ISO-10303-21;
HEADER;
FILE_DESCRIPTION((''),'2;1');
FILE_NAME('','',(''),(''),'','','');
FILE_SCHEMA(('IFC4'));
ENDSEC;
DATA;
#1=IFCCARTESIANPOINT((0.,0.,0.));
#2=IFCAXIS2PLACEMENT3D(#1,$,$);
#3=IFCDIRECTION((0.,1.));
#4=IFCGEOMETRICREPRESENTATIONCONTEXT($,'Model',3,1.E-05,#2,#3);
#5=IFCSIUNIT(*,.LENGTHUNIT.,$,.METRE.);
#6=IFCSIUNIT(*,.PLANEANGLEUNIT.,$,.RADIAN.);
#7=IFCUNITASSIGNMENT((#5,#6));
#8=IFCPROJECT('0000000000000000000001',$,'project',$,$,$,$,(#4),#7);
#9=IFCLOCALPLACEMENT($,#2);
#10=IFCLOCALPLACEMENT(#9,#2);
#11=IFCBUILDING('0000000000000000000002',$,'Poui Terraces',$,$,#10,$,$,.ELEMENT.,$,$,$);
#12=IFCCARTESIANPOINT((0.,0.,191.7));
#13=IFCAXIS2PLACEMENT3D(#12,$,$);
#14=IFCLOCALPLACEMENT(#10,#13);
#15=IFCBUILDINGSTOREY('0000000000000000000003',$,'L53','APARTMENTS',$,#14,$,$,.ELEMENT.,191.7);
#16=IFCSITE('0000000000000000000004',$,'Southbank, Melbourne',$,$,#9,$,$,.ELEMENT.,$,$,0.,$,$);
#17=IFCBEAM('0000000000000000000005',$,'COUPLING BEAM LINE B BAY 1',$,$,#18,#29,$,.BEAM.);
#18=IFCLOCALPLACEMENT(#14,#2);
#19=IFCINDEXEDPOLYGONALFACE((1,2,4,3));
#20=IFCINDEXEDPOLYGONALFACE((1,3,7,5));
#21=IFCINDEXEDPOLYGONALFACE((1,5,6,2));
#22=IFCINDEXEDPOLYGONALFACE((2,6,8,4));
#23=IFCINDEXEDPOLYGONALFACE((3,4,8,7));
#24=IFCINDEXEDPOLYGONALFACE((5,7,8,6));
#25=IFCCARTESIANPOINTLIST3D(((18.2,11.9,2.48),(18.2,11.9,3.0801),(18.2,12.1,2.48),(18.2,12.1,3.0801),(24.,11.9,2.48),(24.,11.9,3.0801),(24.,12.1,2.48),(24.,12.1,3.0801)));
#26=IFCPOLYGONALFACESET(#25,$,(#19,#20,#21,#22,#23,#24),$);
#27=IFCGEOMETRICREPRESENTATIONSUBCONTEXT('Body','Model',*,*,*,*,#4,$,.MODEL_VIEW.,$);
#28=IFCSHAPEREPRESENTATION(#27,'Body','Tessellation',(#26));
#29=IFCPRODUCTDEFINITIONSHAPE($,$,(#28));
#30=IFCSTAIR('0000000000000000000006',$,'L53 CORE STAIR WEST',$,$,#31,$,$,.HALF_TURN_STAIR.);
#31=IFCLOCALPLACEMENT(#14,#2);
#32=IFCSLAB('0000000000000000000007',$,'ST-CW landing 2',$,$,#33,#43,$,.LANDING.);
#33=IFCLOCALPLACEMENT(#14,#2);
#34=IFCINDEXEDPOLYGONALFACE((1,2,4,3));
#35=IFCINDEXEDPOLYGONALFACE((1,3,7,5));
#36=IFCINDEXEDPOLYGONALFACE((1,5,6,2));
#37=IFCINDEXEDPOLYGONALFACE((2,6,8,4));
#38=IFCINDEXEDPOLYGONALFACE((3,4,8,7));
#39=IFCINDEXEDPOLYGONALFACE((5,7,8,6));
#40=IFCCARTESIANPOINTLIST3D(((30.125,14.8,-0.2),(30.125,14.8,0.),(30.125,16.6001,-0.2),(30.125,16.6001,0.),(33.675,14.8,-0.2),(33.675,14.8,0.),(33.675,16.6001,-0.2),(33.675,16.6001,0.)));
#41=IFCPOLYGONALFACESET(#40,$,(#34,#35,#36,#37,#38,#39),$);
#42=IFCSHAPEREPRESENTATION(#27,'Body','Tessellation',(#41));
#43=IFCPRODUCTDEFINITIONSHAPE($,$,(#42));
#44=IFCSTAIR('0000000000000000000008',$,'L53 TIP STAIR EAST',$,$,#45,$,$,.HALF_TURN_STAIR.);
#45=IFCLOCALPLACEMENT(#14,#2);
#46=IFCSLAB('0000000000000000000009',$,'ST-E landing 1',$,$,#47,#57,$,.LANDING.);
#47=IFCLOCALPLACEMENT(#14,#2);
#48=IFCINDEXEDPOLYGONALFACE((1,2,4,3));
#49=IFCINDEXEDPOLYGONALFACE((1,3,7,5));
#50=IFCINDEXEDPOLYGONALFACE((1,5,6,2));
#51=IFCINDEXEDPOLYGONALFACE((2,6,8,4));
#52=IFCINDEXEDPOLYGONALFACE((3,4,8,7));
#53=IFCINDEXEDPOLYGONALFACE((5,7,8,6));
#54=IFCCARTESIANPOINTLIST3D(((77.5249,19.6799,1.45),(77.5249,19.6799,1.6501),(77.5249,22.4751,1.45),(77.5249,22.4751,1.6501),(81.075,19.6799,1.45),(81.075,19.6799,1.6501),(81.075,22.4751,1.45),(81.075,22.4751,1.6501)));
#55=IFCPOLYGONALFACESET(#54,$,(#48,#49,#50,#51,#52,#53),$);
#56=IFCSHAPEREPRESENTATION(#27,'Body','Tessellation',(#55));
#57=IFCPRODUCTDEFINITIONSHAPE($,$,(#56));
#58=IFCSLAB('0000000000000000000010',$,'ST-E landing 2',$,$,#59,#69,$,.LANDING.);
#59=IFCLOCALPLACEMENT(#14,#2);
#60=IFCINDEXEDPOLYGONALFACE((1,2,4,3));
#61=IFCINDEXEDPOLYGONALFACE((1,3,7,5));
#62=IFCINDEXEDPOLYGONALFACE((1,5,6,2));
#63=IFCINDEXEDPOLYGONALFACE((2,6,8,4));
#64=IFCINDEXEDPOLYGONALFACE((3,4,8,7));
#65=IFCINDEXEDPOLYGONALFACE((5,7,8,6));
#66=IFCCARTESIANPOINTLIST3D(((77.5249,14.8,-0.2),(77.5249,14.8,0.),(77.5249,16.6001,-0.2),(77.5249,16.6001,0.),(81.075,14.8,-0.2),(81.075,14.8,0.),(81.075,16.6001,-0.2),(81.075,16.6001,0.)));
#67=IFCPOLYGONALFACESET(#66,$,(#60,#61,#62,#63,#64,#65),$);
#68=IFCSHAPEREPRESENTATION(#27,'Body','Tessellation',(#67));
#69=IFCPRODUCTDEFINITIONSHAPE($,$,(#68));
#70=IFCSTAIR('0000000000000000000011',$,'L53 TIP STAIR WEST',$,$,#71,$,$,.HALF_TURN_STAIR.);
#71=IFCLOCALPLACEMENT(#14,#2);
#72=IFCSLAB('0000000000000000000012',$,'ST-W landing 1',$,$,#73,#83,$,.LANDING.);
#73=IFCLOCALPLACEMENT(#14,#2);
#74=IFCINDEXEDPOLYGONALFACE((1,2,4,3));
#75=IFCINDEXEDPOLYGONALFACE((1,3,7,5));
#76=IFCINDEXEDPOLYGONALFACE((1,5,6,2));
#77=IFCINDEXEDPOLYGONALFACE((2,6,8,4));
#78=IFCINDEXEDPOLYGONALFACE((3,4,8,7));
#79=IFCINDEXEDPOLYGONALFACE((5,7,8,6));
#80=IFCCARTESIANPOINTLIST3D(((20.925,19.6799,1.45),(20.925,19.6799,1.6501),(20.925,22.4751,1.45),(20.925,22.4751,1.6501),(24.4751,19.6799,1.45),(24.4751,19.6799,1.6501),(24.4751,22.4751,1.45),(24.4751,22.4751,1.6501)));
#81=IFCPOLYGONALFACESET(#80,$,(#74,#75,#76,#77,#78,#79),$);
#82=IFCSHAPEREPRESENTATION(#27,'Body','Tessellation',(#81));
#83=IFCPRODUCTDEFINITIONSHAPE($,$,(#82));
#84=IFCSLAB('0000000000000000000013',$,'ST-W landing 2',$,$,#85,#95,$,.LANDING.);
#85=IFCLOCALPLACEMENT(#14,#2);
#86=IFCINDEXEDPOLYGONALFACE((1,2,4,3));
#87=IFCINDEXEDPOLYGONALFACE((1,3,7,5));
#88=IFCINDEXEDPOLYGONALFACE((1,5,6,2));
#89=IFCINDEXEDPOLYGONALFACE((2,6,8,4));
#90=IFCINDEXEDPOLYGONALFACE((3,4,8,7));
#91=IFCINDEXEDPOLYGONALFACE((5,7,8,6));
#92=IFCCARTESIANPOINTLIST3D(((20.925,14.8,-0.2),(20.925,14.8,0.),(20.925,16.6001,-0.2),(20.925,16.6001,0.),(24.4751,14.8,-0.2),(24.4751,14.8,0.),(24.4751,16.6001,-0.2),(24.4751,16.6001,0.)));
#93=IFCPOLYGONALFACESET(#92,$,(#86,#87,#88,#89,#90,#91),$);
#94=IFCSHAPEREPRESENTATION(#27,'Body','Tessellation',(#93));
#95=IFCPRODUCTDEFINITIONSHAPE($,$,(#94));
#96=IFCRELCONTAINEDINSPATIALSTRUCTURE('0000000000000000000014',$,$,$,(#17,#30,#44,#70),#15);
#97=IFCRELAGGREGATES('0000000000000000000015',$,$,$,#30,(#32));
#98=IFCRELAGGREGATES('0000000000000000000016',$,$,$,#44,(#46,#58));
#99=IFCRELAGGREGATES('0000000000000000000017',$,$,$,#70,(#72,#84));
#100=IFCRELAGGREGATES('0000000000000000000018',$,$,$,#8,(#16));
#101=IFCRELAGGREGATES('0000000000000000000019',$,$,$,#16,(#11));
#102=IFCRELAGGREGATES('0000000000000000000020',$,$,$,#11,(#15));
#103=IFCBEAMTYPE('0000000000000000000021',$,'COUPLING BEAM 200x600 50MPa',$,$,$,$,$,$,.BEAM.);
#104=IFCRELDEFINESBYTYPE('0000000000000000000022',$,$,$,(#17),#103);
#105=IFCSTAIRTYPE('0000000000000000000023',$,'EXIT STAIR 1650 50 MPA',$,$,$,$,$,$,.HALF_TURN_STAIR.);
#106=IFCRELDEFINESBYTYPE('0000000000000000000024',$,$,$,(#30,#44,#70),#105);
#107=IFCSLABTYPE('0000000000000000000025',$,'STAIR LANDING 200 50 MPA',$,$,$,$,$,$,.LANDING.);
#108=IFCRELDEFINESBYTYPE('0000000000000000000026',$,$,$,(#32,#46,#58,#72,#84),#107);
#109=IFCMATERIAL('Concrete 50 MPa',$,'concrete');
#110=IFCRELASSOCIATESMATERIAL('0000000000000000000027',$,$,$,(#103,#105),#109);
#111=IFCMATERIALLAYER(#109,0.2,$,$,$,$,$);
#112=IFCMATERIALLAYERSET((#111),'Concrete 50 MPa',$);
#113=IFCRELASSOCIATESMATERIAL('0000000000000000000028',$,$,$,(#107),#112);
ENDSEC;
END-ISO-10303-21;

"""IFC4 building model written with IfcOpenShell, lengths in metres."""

from ifc_helpers import new_model, si_unit, direction, frame, origin, origin_2d, place, context, subcontext, project, spatial, polyline, rectangle, outline, extrude, source, transform, mapped, material, layer, layer_set, material_profile, profile_set, type_object, element, aggregate, save


model = new_model("IFC4")

# Units and contexts
model_context = context("Model", 3, precision=1e-05, world=origin(), true_north=direction((0.0, 1.0)))
body_context = subcontext(model_context, "Body", "Model", "MODEL_VIEW")
ifc_project = project(units=[si_unit("LENGTHUNIT", "METRE"), si_unit("PLANEANGLEUNIT", "RADIAN")], contexts=[model_context])

# Site, building, storey
site_placement = place(None, origin())
site = spatial("IfcSite", under=ifc_project, at=site_placement, Name="Southbank, Melbourne", CompositionType="ELEMENT", RefElevation=0.0)
building_placement = place(site_placement, origin())
building = spatial("IfcBuilding", under=site, at=building_placement, Name="Poui Terraces", CompositionType="ELEMENT")
storey_placement = place(building_placement, frame((0.0, 0.0, 191.7)))
storey = spatial("IfcBuildingStorey", under=building, at=storey_placement, Name="L53", Description="APARTMENTS", CompositionType="ELEMENT", Elevation=191.7)

# Beam
ifc_material_1 = material(Name="Concrete 50 MPa", Category="concrete")
ifc_material_profile = material_profile(ifc_material_1, rectangle(XDim=0.2, YDim=0.6001, at=origin_2d()), Name="RC 200x600")
ifc_profile_set = profile_set([ifc_material_profile], Name="Concrete 50 MPa")
beam_type = type_object("IfcBeamType", Name="COUPLING BEAM 200x600 50MPa", PredefinedType="BEAM", material=ifc_profile_set)
shared_shape_1 = source(origin(), body_context, "Body", "SweptSolid", [
    extrude(rectangle(XDim=0.2, YDim=0.6001, at=origin_2d()), origin(), (0.0, 0.0, 1.0), 5.8),
])
beam_placement = place(storey_placement, frame((18.2, 12.0, 2.78), z_axis=(1.0, 0.0, 0.0), x_axis=(0.0, 1.0, 0.0)))
element("IfcBeam", 1, at=beam_placement, inside=storey, type_object=beam_type, Name="COUPLING BEAM LINE B BAY 1", PredefinedType="BEAM", context=body_context, shape_type="MappedRepresentation", body=[
    mapped(shared_shape_1, transform((0.0, 0.0, 0.0))),
])

# Stair, slab
stair_type = type_object("IfcStairType", Name="EXIT STAIR 1650 50 MPA", PredefinedType="HALF_TURN_STAIR", material=ifc_material_1)
stair_1_placement = place(storey_placement, origin())
stair_1 = element("IfcStair", 2, at=stair_1_placement, inside=storey, type_object=stair_type, Name="L53 CORE STAIR WEST", PredefinedType="HALF_TURN_STAIR")
ifc_layer_1 = layer(ifc_material_1, 0.2)
ifc_layer_set_1 = layer_set([ifc_layer_1], Name="Concrete 50 MPa")
slab_type_1 = type_object("IfcSlabType", Name="STAIR LANDING 200 50 MPA", PredefinedType="LANDING", material=ifc_layer_set_1)
slab_1_placement = place(storey_placement, frame((0.0, 0.0, -0.2)))
slab_1 = element("IfcSlab", 3, at=slab_1_placement, type_object=slab_type_1, Name="ST-CW landing 2", PredefinedType="LANDING", context=body_context, shape_type="SweptSolid", body=[
    extrude(outline(polyline([(30.125, 14.8), (33.675, 14.8), (33.675, 16.6001), (30.125, 16.6001), (30.125, 14.8)])), origin(), (0.0, 0.0, 1.0), 0.2),
])
aggregate(stair_1, [slab_1])

# Stairs, slabs
stair_2_placement = place(storey_placement, origin())
stair_2 = element("IfcStair", 4, at=stair_2_placement, inside=storey, type_object=stair_type, Name="L53 TIP STAIR EAST", PredefinedType="HALF_TURN_STAIR")
slab_2_placement = place(storey_placement, frame((0.0, 0.0, 1.45)))
slab_2 = element("IfcSlab", 5, at=slab_2_placement, type_object=slab_type_1, Name="ST-E landing 1", PredefinedType="LANDING", context=body_context, shape_type="SweptSolid", body=[
    extrude(outline(polyline([(77.5249, 19.6799), (81.075, 19.6799), (81.075, 22.4751), (77.5249, 22.4751), (77.5249, 19.6799)])), origin(), (0.0, 0.0, 1.0), 0.2002),
])
slab_3_placement = place(storey_placement, frame((0.0, 0.0, -0.2)))
slab_3 = element("IfcSlab", 6, at=slab_3_placement, type_object=slab_type_1, Name="ST-E landing 2", PredefinedType="LANDING", context=body_context, shape_type="SweptSolid", body=[
    extrude(outline(polyline([(77.5249, 14.8), (81.075, 14.8), (81.075, 16.6001), (77.5249, 16.6001), (77.5249, 14.8)])), origin(), (0.0, 0.0, 1.0), 0.2),
])
aggregate(stair_2, [slab_2, slab_3])
stair_3_placement = place(storey_placement, origin())
stair_3 = element("IfcStair", 7, at=stair_3_placement, inside=storey, type_object=stair_type, Name="L53 TIP STAIR WEST", PredefinedType="HALF_TURN_STAIR")
slab_4_placement = place(storey_placement, frame((0.0, 0.0, 1.45)))
slab_4 = element("IfcSlab", 8, at=slab_4_placement, type_object=slab_type_1, Name="ST-W landing 1", PredefinedType="LANDING", context=body_context, shape_type="SweptSolid", body=[
    extrude(outline(polyline([(20.925, 19.6799), (24.4751, 19.6799), (24.4751, 22.4751), (20.925, 22.4751), (20.925, 19.6799)])), origin(), (0.0, 0.0, 1.0), 0.2002),
])
slab_5_placement = place(storey_placement, frame((0.0, 0.0, -0.2)))
slab_5 = element("IfcSlab", 9, at=slab_5_placement, type_object=slab_type_1, Name="ST-W landing 2", PredefinedType="LANDING", context=body_context, shape_type="SweptSolid", body=[
    extrude(outline(polyline([(20.925, 14.8), (24.4751, 14.8), (24.4751, 16.6001), (20.925, 16.6001), (20.925, 14.8)])), origin(), (0.0, 0.0, 1.0), 0.2),
])
aggregate(stair_3, [slab_4, slab_5])

save(model, "model.ifc")
